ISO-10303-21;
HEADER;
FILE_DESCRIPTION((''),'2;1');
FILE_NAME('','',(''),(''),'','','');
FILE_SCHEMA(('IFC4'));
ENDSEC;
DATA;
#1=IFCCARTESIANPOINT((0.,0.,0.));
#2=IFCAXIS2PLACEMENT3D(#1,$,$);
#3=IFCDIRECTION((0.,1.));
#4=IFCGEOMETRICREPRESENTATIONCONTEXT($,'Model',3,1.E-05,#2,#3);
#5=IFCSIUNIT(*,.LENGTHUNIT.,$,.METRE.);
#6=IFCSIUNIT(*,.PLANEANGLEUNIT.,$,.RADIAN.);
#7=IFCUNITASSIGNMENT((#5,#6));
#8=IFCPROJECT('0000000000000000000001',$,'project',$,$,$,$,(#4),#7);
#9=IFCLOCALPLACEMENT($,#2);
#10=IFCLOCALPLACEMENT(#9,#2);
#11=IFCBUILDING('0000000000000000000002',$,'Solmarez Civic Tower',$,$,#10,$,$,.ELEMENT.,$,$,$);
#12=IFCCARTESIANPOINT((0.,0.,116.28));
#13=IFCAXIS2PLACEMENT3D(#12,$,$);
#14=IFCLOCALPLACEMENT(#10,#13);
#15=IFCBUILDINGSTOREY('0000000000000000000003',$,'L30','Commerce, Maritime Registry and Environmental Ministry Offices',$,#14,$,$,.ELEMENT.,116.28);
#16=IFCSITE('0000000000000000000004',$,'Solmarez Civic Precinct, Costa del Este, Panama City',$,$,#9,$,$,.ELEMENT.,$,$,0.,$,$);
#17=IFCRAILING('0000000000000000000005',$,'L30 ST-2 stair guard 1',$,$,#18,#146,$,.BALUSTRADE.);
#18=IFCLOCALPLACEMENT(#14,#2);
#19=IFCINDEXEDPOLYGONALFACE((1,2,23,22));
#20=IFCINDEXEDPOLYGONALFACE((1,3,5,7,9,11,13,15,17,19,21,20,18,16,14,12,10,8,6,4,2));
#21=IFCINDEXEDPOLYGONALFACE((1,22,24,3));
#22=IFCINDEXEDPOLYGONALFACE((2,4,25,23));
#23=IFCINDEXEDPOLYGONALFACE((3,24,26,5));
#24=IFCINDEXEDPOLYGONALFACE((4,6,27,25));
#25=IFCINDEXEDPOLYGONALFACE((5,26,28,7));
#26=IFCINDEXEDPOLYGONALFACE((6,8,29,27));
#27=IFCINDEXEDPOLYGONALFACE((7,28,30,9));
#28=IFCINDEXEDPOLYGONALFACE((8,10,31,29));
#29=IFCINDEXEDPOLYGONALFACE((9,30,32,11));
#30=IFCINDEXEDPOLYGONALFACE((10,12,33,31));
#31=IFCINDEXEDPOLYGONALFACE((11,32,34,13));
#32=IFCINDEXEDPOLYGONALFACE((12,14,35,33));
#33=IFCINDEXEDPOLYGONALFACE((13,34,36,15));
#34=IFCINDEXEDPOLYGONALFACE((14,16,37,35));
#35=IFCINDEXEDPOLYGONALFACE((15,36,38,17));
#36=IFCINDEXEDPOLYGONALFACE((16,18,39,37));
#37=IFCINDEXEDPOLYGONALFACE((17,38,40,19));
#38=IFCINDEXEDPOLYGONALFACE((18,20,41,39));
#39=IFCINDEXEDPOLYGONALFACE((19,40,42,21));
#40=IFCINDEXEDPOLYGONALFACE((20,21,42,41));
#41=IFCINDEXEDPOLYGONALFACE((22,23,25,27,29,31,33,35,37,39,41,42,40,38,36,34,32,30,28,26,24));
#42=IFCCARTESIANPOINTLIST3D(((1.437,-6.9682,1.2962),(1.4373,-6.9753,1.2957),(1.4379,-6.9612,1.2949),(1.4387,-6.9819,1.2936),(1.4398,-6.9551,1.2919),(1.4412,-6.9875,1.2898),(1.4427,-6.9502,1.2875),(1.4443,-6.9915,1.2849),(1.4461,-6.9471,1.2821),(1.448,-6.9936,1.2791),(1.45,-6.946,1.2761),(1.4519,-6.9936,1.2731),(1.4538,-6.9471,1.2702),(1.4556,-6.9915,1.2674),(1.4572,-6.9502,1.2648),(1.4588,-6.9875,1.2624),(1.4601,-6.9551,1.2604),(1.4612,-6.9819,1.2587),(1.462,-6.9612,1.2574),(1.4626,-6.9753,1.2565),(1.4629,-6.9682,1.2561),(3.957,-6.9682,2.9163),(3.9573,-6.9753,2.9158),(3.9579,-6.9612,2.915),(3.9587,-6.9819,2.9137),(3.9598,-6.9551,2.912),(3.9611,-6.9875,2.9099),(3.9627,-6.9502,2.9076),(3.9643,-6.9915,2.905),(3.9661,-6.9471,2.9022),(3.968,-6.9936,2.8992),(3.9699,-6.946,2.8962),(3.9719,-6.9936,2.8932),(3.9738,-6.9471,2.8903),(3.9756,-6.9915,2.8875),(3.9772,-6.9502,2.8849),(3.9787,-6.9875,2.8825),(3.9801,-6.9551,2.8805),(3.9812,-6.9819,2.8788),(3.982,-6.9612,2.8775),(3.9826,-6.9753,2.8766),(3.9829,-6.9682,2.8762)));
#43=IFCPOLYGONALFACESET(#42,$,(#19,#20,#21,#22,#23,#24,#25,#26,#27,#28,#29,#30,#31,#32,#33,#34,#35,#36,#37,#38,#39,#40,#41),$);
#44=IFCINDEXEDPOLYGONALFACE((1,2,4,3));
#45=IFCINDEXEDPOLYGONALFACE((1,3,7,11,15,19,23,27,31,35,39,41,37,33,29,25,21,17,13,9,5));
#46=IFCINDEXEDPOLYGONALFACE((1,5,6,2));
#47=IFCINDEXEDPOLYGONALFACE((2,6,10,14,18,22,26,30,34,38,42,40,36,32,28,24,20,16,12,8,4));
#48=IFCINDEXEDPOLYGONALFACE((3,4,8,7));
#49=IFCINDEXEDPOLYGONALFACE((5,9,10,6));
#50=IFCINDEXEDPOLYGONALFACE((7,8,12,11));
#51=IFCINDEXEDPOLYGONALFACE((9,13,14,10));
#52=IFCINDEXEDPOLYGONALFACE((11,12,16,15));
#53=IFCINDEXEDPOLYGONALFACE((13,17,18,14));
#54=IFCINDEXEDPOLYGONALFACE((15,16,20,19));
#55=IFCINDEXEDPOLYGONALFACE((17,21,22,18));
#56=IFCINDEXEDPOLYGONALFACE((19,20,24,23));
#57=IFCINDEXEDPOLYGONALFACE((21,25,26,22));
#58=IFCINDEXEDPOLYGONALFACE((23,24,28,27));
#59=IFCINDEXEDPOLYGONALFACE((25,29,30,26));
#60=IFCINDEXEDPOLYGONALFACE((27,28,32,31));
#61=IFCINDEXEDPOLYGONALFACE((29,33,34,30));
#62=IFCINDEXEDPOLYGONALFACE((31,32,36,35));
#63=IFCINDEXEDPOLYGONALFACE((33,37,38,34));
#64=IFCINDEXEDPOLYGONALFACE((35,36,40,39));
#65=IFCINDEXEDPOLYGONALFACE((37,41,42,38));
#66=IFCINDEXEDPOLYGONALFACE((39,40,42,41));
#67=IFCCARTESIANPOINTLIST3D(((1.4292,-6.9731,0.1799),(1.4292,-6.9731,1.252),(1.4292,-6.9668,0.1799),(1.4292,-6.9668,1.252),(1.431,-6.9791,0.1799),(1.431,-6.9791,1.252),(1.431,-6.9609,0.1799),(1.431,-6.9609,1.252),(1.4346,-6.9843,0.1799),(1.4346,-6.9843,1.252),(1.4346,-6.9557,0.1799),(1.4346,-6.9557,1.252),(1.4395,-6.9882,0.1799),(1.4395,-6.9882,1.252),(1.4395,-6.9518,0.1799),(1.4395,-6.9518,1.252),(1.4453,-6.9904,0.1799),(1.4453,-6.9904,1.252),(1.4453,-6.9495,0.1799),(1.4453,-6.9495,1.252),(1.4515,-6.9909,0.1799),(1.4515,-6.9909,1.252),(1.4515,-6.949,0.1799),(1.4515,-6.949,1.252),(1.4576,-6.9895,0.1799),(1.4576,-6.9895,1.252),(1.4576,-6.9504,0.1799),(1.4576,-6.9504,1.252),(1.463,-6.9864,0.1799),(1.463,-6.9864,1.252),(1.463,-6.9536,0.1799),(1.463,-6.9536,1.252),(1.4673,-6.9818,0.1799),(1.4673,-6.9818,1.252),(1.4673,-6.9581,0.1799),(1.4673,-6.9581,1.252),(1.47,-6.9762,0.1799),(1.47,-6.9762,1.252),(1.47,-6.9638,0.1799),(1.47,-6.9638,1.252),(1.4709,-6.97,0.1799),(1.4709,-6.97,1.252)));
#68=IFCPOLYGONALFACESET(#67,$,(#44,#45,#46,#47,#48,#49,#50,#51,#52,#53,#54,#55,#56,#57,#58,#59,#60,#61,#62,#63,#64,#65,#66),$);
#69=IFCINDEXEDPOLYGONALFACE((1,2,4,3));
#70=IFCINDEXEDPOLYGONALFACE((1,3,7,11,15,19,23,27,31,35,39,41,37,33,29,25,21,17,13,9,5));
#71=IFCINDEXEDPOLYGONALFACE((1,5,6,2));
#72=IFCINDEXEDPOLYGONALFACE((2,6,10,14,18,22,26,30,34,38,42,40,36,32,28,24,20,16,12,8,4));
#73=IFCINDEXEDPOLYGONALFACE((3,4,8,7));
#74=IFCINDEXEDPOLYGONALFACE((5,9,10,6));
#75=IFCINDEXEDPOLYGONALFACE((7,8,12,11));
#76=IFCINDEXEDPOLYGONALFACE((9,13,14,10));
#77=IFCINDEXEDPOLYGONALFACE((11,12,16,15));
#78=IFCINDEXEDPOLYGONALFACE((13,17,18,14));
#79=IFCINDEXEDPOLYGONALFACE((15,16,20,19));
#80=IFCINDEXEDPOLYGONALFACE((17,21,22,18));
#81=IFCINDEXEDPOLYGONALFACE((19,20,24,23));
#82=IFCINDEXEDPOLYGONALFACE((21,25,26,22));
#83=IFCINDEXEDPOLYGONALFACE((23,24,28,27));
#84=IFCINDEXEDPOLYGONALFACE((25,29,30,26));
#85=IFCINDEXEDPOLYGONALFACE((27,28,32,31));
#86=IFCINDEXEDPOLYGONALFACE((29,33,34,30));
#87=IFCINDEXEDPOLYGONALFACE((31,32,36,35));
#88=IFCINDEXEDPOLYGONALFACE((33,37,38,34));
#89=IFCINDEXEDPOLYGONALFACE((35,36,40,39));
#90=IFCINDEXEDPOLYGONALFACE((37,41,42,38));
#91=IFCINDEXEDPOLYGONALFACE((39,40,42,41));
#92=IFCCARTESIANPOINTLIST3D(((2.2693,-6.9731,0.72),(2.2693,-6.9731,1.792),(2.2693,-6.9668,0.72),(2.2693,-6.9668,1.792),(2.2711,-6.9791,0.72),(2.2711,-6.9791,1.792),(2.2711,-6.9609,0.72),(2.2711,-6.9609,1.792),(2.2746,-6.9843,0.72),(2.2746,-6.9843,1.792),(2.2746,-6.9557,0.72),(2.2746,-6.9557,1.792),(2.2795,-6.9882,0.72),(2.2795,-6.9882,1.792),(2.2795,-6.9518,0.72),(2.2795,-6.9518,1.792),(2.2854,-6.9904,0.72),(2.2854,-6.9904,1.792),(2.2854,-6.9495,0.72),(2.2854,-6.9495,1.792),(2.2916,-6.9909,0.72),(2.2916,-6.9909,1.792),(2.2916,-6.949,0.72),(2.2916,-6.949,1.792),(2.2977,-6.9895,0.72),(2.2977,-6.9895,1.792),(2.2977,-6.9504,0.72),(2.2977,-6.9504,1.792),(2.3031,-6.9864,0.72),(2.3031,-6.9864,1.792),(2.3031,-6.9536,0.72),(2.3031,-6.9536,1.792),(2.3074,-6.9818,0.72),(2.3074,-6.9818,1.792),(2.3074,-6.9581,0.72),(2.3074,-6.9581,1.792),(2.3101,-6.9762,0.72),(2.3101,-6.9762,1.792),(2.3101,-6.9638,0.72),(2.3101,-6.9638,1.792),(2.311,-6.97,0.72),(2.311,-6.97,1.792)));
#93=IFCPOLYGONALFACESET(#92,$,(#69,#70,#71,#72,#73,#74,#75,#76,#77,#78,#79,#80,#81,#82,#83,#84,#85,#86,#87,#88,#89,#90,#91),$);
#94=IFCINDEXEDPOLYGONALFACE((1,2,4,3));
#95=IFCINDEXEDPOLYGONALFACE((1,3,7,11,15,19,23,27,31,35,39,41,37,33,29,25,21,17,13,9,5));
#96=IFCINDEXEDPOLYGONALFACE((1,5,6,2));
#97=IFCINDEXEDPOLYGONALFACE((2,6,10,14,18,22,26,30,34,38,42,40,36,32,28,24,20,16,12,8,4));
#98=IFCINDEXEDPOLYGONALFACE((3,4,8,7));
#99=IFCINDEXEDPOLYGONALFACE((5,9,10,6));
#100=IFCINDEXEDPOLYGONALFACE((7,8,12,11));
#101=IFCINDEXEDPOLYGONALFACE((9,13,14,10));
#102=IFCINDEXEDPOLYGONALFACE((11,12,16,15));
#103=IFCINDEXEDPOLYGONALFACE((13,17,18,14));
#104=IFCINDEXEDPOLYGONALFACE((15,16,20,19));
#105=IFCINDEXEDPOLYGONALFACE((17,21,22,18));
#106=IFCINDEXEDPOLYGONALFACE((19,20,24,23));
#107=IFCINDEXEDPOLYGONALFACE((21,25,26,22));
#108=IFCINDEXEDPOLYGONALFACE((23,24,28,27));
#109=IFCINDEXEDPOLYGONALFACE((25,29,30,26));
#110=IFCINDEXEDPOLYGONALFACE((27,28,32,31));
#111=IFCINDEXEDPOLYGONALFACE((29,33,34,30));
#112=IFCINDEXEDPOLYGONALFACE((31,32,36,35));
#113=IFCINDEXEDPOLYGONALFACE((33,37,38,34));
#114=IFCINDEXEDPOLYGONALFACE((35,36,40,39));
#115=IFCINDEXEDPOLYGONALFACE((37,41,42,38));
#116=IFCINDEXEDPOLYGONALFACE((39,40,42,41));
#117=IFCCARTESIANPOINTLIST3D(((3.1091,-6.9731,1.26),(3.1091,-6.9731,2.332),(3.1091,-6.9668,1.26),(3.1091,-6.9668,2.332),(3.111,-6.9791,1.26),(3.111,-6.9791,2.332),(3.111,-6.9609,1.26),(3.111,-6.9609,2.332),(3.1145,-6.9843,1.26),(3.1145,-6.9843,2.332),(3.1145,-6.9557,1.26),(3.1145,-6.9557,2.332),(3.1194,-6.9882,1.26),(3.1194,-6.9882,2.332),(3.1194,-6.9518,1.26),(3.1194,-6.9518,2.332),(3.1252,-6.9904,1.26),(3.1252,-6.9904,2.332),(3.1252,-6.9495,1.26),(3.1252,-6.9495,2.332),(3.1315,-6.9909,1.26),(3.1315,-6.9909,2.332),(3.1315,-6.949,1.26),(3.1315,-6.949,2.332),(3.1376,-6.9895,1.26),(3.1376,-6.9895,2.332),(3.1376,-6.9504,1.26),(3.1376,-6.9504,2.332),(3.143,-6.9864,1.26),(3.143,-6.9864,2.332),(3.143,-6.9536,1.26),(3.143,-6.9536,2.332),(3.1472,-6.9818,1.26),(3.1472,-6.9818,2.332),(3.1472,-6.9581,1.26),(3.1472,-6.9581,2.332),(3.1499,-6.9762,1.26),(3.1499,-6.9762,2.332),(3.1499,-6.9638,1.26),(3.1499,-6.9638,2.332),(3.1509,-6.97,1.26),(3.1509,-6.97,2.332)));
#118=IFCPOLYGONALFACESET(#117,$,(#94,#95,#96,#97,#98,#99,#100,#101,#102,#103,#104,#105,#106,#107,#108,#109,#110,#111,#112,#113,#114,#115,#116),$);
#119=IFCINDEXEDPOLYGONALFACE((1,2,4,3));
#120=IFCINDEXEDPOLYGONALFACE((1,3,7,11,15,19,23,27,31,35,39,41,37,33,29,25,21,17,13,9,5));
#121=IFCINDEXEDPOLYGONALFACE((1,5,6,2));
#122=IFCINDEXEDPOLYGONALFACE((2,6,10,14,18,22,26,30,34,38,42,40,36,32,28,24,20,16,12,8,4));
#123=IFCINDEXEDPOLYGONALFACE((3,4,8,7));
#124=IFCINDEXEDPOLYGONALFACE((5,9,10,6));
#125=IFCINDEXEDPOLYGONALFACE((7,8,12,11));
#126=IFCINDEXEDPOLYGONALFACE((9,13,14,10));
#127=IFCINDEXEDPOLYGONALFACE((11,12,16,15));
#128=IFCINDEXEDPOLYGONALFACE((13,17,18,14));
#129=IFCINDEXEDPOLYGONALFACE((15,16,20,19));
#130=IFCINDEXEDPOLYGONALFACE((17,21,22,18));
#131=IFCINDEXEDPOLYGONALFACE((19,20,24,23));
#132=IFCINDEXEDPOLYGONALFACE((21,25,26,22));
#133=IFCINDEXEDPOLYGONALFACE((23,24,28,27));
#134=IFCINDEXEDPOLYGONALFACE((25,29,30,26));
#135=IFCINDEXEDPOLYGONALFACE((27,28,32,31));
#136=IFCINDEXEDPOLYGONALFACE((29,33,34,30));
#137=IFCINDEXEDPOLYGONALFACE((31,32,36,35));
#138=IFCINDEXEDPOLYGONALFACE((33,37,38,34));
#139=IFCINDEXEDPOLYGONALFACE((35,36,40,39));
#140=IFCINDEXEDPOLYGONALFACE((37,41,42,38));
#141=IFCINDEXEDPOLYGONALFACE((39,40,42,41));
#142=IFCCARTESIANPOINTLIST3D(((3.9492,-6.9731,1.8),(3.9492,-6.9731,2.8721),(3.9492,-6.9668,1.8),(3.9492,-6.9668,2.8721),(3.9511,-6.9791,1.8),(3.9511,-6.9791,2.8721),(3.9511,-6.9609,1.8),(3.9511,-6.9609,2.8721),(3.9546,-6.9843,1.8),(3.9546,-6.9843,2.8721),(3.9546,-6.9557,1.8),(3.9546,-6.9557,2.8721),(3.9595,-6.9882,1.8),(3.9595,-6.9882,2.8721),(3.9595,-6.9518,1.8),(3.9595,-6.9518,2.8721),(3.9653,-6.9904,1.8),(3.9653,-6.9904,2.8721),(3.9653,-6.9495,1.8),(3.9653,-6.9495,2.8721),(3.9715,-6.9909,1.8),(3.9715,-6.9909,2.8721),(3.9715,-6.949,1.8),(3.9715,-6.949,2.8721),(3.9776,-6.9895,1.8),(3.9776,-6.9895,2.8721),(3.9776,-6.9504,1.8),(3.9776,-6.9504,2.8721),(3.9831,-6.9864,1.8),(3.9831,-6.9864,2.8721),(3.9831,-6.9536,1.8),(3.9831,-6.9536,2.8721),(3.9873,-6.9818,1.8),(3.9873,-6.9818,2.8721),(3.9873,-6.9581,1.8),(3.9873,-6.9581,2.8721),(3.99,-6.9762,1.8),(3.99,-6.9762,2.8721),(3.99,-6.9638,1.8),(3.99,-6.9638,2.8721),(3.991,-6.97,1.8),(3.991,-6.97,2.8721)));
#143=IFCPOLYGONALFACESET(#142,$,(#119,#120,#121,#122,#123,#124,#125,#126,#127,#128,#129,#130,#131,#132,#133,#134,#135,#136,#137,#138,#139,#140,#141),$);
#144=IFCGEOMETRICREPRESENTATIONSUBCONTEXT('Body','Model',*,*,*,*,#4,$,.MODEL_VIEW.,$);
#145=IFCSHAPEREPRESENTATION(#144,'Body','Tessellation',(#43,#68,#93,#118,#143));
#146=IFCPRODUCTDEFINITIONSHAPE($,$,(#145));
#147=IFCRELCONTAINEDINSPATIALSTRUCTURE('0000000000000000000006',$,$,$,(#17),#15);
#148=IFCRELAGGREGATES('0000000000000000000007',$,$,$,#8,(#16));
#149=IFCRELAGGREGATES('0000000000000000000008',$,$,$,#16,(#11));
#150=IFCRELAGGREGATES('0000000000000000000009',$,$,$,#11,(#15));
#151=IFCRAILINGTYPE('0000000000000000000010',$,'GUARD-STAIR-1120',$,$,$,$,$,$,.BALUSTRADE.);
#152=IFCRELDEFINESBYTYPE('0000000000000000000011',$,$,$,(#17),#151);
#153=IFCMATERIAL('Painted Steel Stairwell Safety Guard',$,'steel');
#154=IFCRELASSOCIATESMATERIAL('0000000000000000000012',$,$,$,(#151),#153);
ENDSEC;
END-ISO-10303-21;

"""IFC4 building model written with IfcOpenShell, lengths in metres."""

from ifc_helpers import new_model, si_unit, direction, frame, origin, origin_2d, place, context, subcontext, project, spatial, circle, extrude, material, type_object, element, save


model = new_model("IFC4")

# Units and contexts
model_context = context("Model", 3, precision=1e-05, world=origin(), true_north=direction((0.0, 1.0)))
body_context = subcontext(model_context, "Body", "Model", "MODEL_VIEW")
ifc_project = project(units=[si_unit("LENGTHUNIT", "METRE"), si_unit("PLANEANGLEUNIT", "RADIAN")], contexts=[model_context])

# Site, building, storey
site_placement = place(None, origin())
site = spatial("IfcSite", under=ifc_project, at=site_placement, Name="Solmarez Civic Precinct, Costa del Este, Panama City", CompositionType="ELEMENT", RefElevation=0.0)
building_placement = place(site_placement, origin())
building = spatial("IfcBuilding", under=site, at=building_placement, Name="Solmarez Civic Tower", CompositionType="ELEMENT")
storey_placement = place(building_placement, frame((0.0, 0.0, 116.28)))
storey = spatial("IfcBuildingStorey", under=building, at=storey_placement, Name="L30", Description="Commerce, Maritime Registry and Environmental Ministry Offices", CompositionType="ELEMENT", Elevation=116.28)

# Railing
ifc_material_1 = material(Name="Painted Steel Stairwell Safety Guard", Category="steel")
railing_type_1 = type_object("IfcRailingType", Name="GUARD-STAIR-1120", PredefinedType="BALUSTRADE", material=ifc_material_1)
railing_1_placement = place(storey_placement, frame((1.45, -6.97, 0.1799)))
element("IfcRailing", 1, at=railing_1_placement, inside=storey, type_object=railing_type_1, Name="L30 ST-2 stair guard 1", PredefinedType="BALUSTRADE", context=body_context, shape_type="SweptSolid", body=[
    extrude(circle(Radius=0.0239, at=origin_2d()), frame((0.0, 0.0, 1.0962), z_axis=(0.841163, 0.0, 0.540782), x_axis=(0.0, 1.0, 0.0)), (0.0, 0.0, 1.0), 2.9958),
    extrude(circle(Radius=0.021, at=origin_2d()), origin(), (0.0, 0.0, 1.0), 1.072),
    extrude(circle(Radius=0.021, at=origin_2d()), frame((0.8401, 0.0, 0.54)), (0.0, 0.0, 1.0), 1.072),
    extrude(circle(Radius=0.021, at=origin_2d()), frame((1.6799, 0.0, 1.0801)), (0.0, 0.0, 1.0), 1.072),
    extrude(circle(Radius=0.021, at=origin_2d()), frame((2.52, 0.0, 1.6201)), (0.0, 0.0, 1.0), 1.072),
])

save(model, "model.ifc")
